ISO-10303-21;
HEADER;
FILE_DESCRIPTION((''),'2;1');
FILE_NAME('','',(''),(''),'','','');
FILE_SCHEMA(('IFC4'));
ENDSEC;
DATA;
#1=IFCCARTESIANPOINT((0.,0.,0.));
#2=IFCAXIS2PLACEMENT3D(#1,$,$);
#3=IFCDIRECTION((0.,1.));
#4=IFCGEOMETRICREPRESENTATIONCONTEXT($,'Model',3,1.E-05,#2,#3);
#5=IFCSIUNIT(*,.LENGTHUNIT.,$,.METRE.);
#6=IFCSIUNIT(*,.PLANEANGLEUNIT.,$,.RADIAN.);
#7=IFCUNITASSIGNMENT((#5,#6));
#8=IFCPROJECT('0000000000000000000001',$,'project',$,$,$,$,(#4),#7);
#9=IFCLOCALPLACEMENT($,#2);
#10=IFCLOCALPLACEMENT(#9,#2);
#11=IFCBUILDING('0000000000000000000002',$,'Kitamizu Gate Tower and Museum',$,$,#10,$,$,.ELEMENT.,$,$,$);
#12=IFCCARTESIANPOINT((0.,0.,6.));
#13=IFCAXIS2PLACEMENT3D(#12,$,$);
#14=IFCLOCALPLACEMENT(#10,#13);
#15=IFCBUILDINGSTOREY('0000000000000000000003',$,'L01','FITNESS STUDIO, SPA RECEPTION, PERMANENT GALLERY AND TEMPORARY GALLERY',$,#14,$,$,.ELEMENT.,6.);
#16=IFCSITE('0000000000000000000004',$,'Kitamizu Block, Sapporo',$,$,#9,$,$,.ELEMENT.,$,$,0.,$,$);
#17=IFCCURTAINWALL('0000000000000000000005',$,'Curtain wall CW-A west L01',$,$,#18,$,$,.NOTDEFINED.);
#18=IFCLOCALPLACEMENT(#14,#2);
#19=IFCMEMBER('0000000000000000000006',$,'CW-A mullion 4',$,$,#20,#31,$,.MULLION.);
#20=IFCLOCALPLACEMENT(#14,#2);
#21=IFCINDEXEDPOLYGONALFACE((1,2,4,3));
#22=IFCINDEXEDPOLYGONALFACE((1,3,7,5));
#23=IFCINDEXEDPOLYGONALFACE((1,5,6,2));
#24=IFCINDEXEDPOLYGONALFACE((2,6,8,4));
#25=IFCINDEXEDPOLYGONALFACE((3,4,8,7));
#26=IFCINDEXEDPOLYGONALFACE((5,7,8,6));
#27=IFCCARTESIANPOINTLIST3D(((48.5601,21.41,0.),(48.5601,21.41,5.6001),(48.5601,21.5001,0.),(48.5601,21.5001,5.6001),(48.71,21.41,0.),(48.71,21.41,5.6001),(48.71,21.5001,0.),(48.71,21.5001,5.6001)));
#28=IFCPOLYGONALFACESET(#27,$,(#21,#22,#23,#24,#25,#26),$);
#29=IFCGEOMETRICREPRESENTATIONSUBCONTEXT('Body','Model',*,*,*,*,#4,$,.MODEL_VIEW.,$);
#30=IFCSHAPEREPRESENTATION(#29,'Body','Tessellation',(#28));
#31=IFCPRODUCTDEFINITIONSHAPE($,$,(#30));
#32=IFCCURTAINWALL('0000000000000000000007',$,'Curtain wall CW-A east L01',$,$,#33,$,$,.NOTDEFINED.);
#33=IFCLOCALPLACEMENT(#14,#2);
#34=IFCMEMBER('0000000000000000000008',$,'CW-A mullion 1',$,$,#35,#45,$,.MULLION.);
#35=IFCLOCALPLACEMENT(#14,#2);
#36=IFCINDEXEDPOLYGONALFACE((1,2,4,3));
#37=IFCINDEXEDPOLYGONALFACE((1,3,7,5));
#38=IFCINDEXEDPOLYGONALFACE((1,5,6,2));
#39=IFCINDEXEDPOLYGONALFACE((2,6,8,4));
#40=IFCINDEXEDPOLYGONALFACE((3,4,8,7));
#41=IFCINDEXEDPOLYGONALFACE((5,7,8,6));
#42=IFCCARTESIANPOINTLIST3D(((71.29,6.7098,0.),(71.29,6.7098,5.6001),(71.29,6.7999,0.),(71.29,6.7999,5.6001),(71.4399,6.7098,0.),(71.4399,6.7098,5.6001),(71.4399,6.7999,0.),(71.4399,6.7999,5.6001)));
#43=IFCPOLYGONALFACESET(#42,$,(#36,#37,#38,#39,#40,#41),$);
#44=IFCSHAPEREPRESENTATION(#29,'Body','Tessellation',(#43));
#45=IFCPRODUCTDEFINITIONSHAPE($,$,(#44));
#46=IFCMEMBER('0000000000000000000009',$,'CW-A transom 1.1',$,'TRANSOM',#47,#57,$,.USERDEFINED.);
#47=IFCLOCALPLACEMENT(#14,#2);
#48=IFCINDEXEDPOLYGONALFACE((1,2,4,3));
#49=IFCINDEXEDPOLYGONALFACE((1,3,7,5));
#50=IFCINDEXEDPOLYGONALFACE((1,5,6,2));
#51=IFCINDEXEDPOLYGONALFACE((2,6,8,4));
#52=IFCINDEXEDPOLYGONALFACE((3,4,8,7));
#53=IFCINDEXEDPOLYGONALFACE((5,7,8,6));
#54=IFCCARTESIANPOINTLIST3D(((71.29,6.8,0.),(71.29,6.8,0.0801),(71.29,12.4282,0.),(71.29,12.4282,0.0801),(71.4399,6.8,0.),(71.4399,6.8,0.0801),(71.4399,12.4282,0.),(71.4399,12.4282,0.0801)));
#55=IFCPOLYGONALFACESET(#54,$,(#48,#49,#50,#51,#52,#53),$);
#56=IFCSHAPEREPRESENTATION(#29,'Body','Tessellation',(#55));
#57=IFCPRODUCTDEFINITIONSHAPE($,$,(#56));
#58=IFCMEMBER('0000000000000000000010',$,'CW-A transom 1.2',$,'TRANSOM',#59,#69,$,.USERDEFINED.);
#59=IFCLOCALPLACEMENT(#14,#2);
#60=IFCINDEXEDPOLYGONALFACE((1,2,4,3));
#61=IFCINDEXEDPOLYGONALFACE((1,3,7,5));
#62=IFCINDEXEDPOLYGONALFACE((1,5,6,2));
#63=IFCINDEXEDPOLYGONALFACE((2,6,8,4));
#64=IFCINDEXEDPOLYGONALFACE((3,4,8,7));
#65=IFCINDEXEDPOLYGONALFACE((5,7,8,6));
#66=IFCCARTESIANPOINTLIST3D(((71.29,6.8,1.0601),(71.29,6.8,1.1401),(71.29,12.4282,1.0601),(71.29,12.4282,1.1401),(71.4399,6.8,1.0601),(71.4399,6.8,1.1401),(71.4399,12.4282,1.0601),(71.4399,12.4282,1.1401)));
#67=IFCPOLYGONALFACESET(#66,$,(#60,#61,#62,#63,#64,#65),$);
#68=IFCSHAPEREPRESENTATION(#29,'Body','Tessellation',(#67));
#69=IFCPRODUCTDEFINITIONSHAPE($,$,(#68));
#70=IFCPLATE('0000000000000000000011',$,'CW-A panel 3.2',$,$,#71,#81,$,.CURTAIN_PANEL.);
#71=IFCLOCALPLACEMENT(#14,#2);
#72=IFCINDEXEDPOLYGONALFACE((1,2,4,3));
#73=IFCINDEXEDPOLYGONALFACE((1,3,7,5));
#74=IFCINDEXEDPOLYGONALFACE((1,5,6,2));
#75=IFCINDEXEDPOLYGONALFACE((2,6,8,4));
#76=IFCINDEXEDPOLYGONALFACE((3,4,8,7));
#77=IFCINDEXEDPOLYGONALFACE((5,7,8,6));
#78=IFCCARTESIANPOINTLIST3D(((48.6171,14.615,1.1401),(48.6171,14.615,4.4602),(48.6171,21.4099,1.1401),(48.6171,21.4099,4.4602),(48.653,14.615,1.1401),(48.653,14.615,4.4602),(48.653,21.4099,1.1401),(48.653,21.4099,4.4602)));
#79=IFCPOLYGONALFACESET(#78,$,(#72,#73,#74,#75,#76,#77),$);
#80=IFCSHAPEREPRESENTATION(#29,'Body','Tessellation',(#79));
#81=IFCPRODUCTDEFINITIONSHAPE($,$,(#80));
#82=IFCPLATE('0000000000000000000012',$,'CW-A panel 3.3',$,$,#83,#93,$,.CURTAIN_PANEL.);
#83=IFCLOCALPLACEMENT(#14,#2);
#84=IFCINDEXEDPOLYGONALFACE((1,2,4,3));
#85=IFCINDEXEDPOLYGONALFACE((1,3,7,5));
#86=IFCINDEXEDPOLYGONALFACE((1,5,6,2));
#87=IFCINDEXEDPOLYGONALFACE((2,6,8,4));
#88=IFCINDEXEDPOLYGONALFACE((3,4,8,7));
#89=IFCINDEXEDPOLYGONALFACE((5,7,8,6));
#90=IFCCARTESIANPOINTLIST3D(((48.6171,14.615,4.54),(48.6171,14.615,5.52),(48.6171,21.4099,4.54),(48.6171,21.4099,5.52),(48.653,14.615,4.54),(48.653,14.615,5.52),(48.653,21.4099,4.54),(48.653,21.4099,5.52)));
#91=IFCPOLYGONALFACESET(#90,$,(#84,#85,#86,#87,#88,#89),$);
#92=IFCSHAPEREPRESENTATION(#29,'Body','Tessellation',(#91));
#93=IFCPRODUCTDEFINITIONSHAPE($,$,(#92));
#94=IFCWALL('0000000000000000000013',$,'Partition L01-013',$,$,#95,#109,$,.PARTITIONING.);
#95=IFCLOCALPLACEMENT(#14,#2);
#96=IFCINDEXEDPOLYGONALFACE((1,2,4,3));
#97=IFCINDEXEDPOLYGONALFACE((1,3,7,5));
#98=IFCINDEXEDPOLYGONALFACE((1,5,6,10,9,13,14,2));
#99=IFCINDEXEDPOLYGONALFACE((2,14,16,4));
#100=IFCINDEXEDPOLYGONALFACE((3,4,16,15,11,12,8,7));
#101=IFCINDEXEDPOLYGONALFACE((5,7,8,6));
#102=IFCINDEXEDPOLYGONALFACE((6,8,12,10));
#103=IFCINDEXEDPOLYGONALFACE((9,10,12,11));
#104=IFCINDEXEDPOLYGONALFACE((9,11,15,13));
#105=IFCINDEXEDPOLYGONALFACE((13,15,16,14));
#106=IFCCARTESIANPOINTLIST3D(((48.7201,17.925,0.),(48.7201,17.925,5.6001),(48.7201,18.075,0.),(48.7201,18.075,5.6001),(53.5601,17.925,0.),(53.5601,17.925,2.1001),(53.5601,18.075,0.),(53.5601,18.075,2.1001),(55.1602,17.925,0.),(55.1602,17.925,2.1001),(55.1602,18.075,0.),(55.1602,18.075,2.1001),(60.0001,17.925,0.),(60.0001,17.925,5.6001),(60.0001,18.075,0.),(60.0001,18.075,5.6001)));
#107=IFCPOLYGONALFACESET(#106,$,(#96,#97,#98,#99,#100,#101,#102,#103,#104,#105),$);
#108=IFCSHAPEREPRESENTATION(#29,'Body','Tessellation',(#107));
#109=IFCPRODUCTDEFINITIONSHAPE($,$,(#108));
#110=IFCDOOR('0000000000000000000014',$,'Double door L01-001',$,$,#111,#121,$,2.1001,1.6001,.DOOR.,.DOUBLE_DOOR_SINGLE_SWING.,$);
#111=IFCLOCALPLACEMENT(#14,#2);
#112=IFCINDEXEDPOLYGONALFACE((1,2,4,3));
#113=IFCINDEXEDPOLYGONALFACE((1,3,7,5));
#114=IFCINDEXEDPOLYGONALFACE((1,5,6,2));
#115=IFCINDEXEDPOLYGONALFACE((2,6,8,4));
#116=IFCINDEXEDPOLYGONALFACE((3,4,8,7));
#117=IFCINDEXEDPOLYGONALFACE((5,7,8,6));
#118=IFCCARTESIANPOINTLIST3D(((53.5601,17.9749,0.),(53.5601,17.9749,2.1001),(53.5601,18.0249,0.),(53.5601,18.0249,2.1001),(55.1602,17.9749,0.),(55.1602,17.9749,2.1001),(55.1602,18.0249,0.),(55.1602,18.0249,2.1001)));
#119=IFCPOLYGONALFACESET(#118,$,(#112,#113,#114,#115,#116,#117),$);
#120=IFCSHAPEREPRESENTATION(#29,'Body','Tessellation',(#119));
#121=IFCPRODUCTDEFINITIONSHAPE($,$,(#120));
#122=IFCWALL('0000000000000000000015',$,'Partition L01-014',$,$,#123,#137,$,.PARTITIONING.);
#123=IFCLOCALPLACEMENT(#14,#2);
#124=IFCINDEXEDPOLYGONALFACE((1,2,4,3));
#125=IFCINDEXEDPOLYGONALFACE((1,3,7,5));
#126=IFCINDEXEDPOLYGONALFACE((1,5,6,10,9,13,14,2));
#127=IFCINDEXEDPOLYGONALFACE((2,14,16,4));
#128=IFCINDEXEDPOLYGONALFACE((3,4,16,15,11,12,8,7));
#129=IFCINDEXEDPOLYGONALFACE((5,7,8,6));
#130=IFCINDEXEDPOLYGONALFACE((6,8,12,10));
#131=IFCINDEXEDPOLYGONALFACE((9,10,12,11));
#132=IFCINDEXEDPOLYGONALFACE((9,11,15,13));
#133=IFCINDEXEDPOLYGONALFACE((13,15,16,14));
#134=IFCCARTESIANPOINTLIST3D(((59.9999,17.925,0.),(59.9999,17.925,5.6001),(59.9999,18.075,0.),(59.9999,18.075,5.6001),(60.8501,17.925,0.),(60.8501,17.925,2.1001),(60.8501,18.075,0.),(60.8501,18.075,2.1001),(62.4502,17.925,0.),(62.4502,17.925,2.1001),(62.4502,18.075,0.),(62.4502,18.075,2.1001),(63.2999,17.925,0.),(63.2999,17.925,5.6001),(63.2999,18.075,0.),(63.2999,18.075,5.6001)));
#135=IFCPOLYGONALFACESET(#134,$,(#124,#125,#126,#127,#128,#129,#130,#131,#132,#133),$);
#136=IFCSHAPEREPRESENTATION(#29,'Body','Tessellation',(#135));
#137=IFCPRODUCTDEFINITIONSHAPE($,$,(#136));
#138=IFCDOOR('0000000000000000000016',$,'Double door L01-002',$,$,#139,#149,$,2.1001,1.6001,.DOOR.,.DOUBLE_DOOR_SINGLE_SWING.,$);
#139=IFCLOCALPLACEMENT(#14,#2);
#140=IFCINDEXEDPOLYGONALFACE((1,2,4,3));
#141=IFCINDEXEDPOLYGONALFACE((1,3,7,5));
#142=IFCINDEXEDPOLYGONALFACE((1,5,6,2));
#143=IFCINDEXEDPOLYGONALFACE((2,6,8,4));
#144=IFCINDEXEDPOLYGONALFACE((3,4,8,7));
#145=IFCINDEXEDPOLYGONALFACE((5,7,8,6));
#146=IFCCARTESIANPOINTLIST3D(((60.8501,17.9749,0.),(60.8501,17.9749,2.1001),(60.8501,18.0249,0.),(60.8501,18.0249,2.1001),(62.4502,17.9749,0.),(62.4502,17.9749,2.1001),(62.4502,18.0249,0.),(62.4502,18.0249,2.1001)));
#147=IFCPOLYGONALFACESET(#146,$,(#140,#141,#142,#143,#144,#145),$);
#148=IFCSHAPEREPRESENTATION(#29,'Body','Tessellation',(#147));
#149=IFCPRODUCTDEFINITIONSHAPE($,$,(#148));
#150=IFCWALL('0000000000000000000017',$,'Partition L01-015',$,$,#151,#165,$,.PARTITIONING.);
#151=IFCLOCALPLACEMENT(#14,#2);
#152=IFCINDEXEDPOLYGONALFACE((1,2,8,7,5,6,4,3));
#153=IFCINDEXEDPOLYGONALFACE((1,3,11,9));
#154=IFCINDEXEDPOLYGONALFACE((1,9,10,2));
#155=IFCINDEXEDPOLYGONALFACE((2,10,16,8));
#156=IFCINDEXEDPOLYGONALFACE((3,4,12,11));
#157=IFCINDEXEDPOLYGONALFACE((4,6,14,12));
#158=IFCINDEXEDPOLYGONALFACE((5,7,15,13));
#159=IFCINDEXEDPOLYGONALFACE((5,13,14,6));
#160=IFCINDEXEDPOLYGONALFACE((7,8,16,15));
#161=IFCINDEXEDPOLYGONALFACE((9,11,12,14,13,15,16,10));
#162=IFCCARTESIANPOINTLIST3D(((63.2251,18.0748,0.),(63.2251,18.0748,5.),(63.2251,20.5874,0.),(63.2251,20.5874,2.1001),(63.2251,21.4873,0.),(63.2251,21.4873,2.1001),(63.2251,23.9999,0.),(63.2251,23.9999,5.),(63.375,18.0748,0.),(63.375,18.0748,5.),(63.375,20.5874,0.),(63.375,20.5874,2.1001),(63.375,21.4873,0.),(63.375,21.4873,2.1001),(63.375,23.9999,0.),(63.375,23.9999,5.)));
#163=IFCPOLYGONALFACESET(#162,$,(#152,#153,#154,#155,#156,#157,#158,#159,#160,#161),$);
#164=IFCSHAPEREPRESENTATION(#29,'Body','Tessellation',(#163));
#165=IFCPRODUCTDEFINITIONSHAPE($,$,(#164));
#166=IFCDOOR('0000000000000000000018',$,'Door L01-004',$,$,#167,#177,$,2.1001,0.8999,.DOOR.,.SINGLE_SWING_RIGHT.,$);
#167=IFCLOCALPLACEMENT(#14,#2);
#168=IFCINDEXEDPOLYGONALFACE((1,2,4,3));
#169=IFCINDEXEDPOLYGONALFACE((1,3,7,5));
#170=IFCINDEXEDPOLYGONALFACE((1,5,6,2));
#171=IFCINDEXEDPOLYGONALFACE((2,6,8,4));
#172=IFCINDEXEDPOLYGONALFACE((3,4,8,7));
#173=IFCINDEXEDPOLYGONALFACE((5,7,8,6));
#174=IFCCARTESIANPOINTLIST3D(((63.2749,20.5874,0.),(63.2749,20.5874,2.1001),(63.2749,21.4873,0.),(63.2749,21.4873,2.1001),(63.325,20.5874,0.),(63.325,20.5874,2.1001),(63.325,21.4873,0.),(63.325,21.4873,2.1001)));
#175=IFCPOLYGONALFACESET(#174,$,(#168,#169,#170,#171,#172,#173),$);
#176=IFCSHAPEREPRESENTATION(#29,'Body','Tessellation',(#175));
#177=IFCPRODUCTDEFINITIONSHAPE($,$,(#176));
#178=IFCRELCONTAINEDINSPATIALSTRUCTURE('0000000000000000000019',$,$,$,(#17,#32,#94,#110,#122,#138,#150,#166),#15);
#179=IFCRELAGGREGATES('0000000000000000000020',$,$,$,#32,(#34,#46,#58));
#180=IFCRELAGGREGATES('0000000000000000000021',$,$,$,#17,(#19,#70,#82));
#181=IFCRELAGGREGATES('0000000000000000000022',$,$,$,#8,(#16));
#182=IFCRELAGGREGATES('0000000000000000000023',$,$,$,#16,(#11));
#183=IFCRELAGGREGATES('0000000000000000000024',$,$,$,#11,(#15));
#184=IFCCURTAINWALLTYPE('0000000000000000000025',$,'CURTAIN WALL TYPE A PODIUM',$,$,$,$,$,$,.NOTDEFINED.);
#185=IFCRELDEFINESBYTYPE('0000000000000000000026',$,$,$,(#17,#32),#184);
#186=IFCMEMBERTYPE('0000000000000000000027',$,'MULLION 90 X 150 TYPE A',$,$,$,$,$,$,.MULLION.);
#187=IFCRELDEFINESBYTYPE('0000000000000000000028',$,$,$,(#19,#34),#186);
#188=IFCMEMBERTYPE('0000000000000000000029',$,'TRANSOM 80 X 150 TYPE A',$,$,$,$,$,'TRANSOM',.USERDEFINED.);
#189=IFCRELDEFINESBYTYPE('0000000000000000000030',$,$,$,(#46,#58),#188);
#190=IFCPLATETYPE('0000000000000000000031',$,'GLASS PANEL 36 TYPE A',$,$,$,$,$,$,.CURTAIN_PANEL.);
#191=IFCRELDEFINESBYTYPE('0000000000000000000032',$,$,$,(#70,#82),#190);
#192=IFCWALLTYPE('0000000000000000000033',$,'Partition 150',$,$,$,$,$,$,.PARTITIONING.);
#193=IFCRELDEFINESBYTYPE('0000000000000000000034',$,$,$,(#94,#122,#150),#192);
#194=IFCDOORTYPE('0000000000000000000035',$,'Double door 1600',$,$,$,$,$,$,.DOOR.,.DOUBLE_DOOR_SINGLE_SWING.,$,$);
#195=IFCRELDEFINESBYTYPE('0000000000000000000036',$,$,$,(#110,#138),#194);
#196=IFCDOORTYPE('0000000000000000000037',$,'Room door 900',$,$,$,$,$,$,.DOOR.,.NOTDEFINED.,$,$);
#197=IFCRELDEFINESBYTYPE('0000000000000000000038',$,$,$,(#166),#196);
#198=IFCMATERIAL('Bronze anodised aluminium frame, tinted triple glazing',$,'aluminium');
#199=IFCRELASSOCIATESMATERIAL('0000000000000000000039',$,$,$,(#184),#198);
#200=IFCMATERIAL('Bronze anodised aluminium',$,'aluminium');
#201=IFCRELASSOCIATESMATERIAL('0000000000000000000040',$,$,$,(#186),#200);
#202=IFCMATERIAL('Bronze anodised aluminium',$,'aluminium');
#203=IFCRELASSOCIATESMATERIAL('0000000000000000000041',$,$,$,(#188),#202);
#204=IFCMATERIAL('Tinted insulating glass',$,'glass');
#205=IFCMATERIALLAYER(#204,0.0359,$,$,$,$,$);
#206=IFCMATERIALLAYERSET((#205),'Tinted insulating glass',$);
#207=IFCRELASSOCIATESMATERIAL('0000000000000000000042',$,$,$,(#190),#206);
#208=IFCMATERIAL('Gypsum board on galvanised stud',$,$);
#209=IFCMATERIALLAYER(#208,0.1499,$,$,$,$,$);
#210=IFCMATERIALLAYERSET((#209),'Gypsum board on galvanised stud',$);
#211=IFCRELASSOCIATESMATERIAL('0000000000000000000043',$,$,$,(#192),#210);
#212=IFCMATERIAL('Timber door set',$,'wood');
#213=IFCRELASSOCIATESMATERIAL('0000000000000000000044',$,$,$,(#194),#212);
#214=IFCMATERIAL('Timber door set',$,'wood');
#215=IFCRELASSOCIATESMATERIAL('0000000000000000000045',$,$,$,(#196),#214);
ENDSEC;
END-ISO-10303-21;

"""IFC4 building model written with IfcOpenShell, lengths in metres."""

from ifc_helpers import new_model, si_unit, direction, frame, frame_2d, origin, origin_2d, place, context, subcontext, project, spatial, rectangle, extrude, material, layer, layer_set, material_profile, profile_set, type_object, element, fill, aggregate, save


model = new_model("IFC4")

# Units and contexts
model_context = context("Model", 3, precision=1e-05, world=origin(), true_north=direction((0.0, 1.0)))
body_context = subcontext(model_context, "Body", "Model", "MODEL_VIEW")
ifc_project = project(units=[si_unit("LENGTHUNIT", "METRE"), si_unit("PLANEANGLEUNIT", "RADIAN")], contexts=[model_context])

# Site, building, storey
site_placement = place(None, origin())
site = spatial("IfcSite", under=ifc_project, at=site_placement, Name="Kitamizu Block, Sapporo", CompositionType="ELEMENT", RefElevation=0.0)
building_placement = place(site_placement, origin())
building = spatial("IfcBuilding", under=site, at=building_placement, Name="Kitamizu Gate Tower and Museum", CompositionType="ELEMENT")
storey_placement = place(building_placement, frame((0.0, 0.0, 6.0)))
storey = spatial("IfcBuildingStorey", under=building, at=storey_placement, Name="L01", Description="FITNESS STUDIO, SPA RECEPTION, PERMANENT GALLERY AND TEMPORARY GALLERY", CompositionType="ELEMENT", Elevation=6.0)

# Curtain wall, member
ifc_material_1 = material(Name="Bronze anodised aluminium frame, tinted triple glazing", Category="aluminium")
curtain_wall_type = type_object("IfcCurtainWallType", Name="CURTAIN WALL TYPE A PODIUM", PredefinedType="NOTDEFINED", material=ifc_material_1)
curtain_wall_1_placement = place(storey_placement, origin())
curtain_wall_1 = element("IfcCurtainWall", 1, at=curtain_wall_1_placement, inside=storey, type_object=curtain_wall_type, Name="Curtain wall CW-A west L01", PredefinedType="NOTDEFINED")
ifc_material_2 = material(Name="Bronze anodised aluminium", Category="aluminium")
ifc_material_profile_1 = material_profile(ifc_material_2, rectangle(XDim=0.0901, YDim=0.1499, at=origin_2d()), Name="AL 90X150")
ifc_profile_set_1 = profile_set([ifc_material_profile_1], Name="Bronze anodised aluminium")
member_type_1 = type_object("IfcMemberType", Name="MULLION 90 X 150 TYPE A", PredefinedType="MULLION", material=ifc_profile_set_1)
member_1_placement = place(storey_placement, frame((48.635, 21.4551, 0.0), z_axis=(0.0, 0.0, 1.0), x_axis=(0.0, 1.0, 0.0)))
member_1 = element("IfcMember", 2, at=member_1_placement, type_object=member_type_1, Name="CW-A mullion 4", PredefinedType="MULLION", context=body_context, shape_type="SweptSolid", body=[
    extrude(rectangle(XDim=0.0901, YDim=0.1499, at=origin_2d()), origin(), (0.0, 0.0, 1.0), 5.6001),
])

# Curtain wall, members
curtain_wall_2_placement = place(storey_placement, origin())
curtain_wall_2 = element("IfcCurtainWall", 3, at=curtain_wall_2_placement, inside=storey, type_object=curtain_wall_type, Name="Curtain wall CW-A east L01", PredefinedType="NOTDEFINED")
member_2_placement = place(storey_placement, frame((71.365, 6.7549, 0.0), z_axis=(0.0, 0.0, 1.0), x_axis=(0.0, 1.0, 0.0)))
member_2 = element("IfcMember", 4, at=member_2_placement, type_object=member_type_1, Name="CW-A mullion 1", PredefinedType="MULLION", context=body_context, shape_type="SweptSolid", body=[
    extrude(rectangle(XDim=0.0901, YDim=0.1499, at=origin_2d()), origin(), (0.0, 0.0, 1.0), 5.6001),
])
ifc_material_3 = material(Name="Bronze anodised aluminium", Category="aluminium")
ifc_material_profile_2 = material_profile(ifc_material_3, rectangle(XDim=0.1499, YDim=0.0801, at=origin_2d()), Name="AL 80X150")
ifc_profile_set_2 = profile_set([ifc_material_profile_2], Name="Bronze anodised aluminium")
member_type_2 = type_object("IfcMemberType", Name="TRANSOM 80 X 150 TYPE A", ElementType="TRANSOM", PredefinedType="USERDEFINED", material=ifc_profile_set_2)
member_3_placement = place(storey_placement, frame((71.365, 6.8, 0.04), z_axis=(0.0, 1.0, 0.0), x_axis=(-1.0, 0.0, 0.0)))
member_3 = element("IfcMember", 5, at=member_3_placement, type_object=member_type_2, Name="CW-A transom 1.1", ObjectType="TRANSOM", PredefinedType="USERDEFINED", context=body_context, shape_type="SweptSolid", body=[
    extrude(rectangle(XDim=0.1499, YDim=0.0801, at=origin_2d()), origin(), (0.0, 0.0, 1.0), 5.6282),
])
member_4_placement = place(storey_placement, frame((71.365, 6.8, 1.1001), z_axis=(0.0, 1.0, 0.0), x_axis=(-1.0, 0.0, 0.0)))
member_4 = element("IfcMember", 6, at=member_4_placement, type_object=member_type_2, Name="CW-A transom 1.2", ObjectType="TRANSOM", PredefinedType="USERDEFINED", context=body_context, shape_type="SweptSolid", body=[
    extrude(rectangle(XDim=0.1499, YDim=0.0801, at=origin_2d()), origin(), (0.0, 0.0, 1.0), 5.6282),
])
aggregate(curtain_wall_2, [member_2, member_3, member_4])

# Plates
ifc_material_4 = material(Name="Tinted insulating glass", Category="glass")
ifc_layer_1 = layer(ifc_material_4, 0.0359)
ifc_layer_set_1 = layer_set([ifc_layer_1], Name="Tinted insulating glass")
plate_type = type_object("IfcPlateType", Name="GLASS PANEL 36 TYPE A", PredefinedType="CURTAIN_PANEL", material=ifc_layer_set_1)
plate_1_placement = place(storey_placement, frame((48.635, 18.0125, 1.1401), z_axis=(0.0, 0.0, 1.0), x_axis=(0.0, 1.0, 0.0)))
plate_1 = element("IfcPlate", 7, at=plate_1_placement, type_object=plate_type, Name="CW-A panel 3.2", PredefinedType="CURTAIN_PANEL", context=body_context, shape_type="SweptSolid", body=[
    extrude(rectangle(XDim=6.7949, YDim=0.0359, at=origin_2d()), origin(), (0.0, 0.0, 1.0), 3.3201),
])
plate_2_placement = place(storey_placement, frame((48.635, 18.0125, 4.54), z_axis=(0.0, 0.0, 1.0), x_axis=(0.0, 1.0, 0.0)))
plate_2 = element("IfcPlate", 8, at=plate_2_placement, type_object=plate_type, Name="CW-A panel 3.3", PredefinedType="CURTAIN_PANEL", context=body_context, shape_type="SweptSolid", body=[
    extrude(rectangle(XDim=6.7949, YDim=0.0359, at=origin_2d()), origin(), (0.0, 0.0, 1.0), 0.98),
])
aggregate(curtain_wall_1, [member_1, plate_1, plate_2])

# Walls, openings, doors
ifc_material_5 = material(Name="Gypsum board on galvanised stud")
ifc_layer_2 = layer(ifc_material_5, 0.1499)
ifc_layer_set_2 = layer_set([ifc_layer_2], Name="Gypsum board on galvanised stud")
wall_type_1 = type_object("IfcWallType", Name="Partition 150", PredefinedType="PARTITIONING", material=ifc_layer_set_2)
wall_1_placement = place(storey_placement, frame((48.72, 18.0, 0.0), z_axis=(0.0, 0.0, 1.0), x_axis=(1.0, 0.0, 0.0)))
wall_1 = element("IfcWall", 9, at=wall_1_placement, inside=storey, type_object=wall_type_1, Name="Partition L01-013", PredefinedType="PARTITIONING", context=body_context, shape_type="SweptSolid", body=[
    extrude(rectangle(XDim=11.28, YDim=0.1499, at=frame_2d((5.6401, 0.0))), origin(), (0.0, 0.0, 1.0), 5.6001),
])
opening_1_placement = place(wall_1_placement, frame((4.8401, 0.0, 0.0)))
opening_1 = element("IfcOpeningElement", 10, at=opening_1_placement, cuts=wall_1, PredefinedType="OPENING", context=body_context, shape_type="SweptSolid", body=[
    extrude(rectangle(XDim=1.6001, YDim=2.1001, at=frame_2d((0.8, 1.05))), frame((0.0, 0.085, 0.0), z_axis=(0.0, -1.0, 0.0), x_axis=(1.0, 0.0, 0.0)), (0.0, 0.0, 1.0), 0.1699),
])
ifc_material_6 = material(Name="Timber door set", Category="wood")
door_type_1 = type_object("IfcDoorType", Name="Double door 1600", OperationType="DOUBLE_DOOR_SINGLE_SWING", PredefinedType="DOOR", material=ifc_material_6)
door_1_placement = place(opening_1_placement, origin())
door_1 = element("IfcDoor", 11, at=door_1_placement, inside=storey, type_object=door_type_1, Name="Double door L01-001", OperationType="DOUBLE_DOOR_SINGLE_SWING", OverallHeight=2.1001, OverallWidth=1.6001, PredefinedType="DOOR", context=body_context, shape_type="SweptSolid", body=[
    extrude(rectangle(XDim=1.6001, YDim=2.1001, at=frame_2d((0.8, 1.05))), frame((0.0, 0.0249, 0.0), z_axis=(0.0, -1.0, 0.0), x_axis=(1.0, 0.0, 0.0)), (0.0, 0.0, 1.0), 0.05),
])
fill(opening_1, door_1)
wall_2_placement = place(storey_placement, frame((60.0, 18.0, 0.0), z_axis=(0.0, 0.0, 1.0), x_axis=(1.0, 0.0, 0.0)))
wall_2 = element("IfcWall", 12, at=wall_2_placement, inside=storey, type_object=wall_type_1, Name="Partition L01-014", PredefinedType="PARTITIONING", context=body_context, shape_type="SweptSolid", body=[
    extrude(rectangle(XDim=3.3, YDim=0.1499, at=frame_2d((1.6499, 0.0))), origin(), (0.0, 0.0, 1.0), 5.6001),
])
opening_2_placement = place(wall_2_placement, frame((0.8501, 0.0, 0.0)))
opening_2 = element("IfcOpeningElement", 13, at=opening_2_placement, cuts=wall_2, PredefinedType="OPENING", context=body_context, shape_type="SweptSolid", body=[
    extrude(rectangle(XDim=1.6001, YDim=2.1001, at=frame_2d((0.8, 1.05))), frame((0.0, 0.085, 0.0), z_axis=(0.0, -1.0, 0.0), x_axis=(1.0, 0.0, 0.0)), (0.0, 0.0, 1.0), 0.1699),
])
door_2_placement = place(opening_2_placement, origin())
door_2 = element("IfcDoor", 14, at=door_2_placement, inside=storey, type_object=door_type_1, Name="Double door L01-002", OperationType="DOUBLE_DOOR_SINGLE_SWING", OverallHeight=2.1001, OverallWidth=1.6001, PredefinedType="DOOR", context=body_context, shape_type="SweptSolid", body=[
    extrude(rectangle(XDim=1.6001, YDim=2.1001, at=frame_2d((0.8, 1.05))), frame((0.0, 0.0249, 0.0), z_axis=(0.0, -1.0, 0.0), x_axis=(1.0, 0.0, 0.0)), (0.0, 0.0, 1.0), 0.05),
])
fill(opening_2, door_2)
wall_3_placement = place(storey_placement, frame((63.3, 18.075, 0.0), z_axis=(0.0, 0.0, 1.0), x_axis=(0.0, 1.0, 0.0)))
wall_3 = element("IfcWall", 15, at=wall_3_placement, inside=storey, type_object=wall_type_1, Name="Partition L01-015", PredefinedType="PARTITIONING", context=body_context, shape_type="SweptSolid", body=[
    extrude(rectangle(XDim=5.925, YDim=0.1499, at=frame_2d((2.9624, 0.0))), origin(), (0.0, 0.0, 1.0), 5.0),
])
opening_3_placement = place(wall_3_placement, frame((2.5125, 0.0, 0.0)))
opening_3 = element("IfcOpeningElement", 16, at=opening_3_placement, cuts=wall_3, PredefinedType="OPENING", context=body_context, shape_type="SweptSolid", body=[
    extrude(rectangle(XDim=0.8999, YDim=2.1001, at=frame_2d((0.45, 1.05))), frame((0.0, 0.085, 0.0), z_axis=(0.0, -1.0, 0.0), x_axis=(1.0, 0.0, 0.0)), (0.0, 0.0, 1.0), 0.1699),
])
ifc_material_7 = material(Name="Timber door set", Category="wood")
door_type_2 = type_object("IfcDoorType", Name="Room door 900", OperationType="NOTDEFINED", PredefinedType="DOOR", material=ifc_material_7)
door_3_placement = place(opening_3_placement, frame((0.8999, 0.0, 0.0), x_axis=(-1.0, 0.0, 0.0)))
door_3 = element("IfcDoor", 17, at=door_3_placement, inside=storey, type_object=door_type_2, Name="Door L01-004", OperationType="SINGLE_SWING_RIGHT", OverallHeight=2.1001, OverallWidth=0.8999, PredefinedType="DOOR", context=body_context, shape_type="SweptSolid", body=[
    extrude(rectangle(XDim=0.8999, YDim=2.1001, at=frame_2d((0.45, 1.05))), frame((0.0, 0.0249, 0.0), z_axis=(0.0, -1.0, 0.0), x_axis=(1.0, 0.0, 0.0)), (0.0, 0.0, 1.0), 0.05),
])
fill(opening_3, door_3)

save(model, "model.ifc")
